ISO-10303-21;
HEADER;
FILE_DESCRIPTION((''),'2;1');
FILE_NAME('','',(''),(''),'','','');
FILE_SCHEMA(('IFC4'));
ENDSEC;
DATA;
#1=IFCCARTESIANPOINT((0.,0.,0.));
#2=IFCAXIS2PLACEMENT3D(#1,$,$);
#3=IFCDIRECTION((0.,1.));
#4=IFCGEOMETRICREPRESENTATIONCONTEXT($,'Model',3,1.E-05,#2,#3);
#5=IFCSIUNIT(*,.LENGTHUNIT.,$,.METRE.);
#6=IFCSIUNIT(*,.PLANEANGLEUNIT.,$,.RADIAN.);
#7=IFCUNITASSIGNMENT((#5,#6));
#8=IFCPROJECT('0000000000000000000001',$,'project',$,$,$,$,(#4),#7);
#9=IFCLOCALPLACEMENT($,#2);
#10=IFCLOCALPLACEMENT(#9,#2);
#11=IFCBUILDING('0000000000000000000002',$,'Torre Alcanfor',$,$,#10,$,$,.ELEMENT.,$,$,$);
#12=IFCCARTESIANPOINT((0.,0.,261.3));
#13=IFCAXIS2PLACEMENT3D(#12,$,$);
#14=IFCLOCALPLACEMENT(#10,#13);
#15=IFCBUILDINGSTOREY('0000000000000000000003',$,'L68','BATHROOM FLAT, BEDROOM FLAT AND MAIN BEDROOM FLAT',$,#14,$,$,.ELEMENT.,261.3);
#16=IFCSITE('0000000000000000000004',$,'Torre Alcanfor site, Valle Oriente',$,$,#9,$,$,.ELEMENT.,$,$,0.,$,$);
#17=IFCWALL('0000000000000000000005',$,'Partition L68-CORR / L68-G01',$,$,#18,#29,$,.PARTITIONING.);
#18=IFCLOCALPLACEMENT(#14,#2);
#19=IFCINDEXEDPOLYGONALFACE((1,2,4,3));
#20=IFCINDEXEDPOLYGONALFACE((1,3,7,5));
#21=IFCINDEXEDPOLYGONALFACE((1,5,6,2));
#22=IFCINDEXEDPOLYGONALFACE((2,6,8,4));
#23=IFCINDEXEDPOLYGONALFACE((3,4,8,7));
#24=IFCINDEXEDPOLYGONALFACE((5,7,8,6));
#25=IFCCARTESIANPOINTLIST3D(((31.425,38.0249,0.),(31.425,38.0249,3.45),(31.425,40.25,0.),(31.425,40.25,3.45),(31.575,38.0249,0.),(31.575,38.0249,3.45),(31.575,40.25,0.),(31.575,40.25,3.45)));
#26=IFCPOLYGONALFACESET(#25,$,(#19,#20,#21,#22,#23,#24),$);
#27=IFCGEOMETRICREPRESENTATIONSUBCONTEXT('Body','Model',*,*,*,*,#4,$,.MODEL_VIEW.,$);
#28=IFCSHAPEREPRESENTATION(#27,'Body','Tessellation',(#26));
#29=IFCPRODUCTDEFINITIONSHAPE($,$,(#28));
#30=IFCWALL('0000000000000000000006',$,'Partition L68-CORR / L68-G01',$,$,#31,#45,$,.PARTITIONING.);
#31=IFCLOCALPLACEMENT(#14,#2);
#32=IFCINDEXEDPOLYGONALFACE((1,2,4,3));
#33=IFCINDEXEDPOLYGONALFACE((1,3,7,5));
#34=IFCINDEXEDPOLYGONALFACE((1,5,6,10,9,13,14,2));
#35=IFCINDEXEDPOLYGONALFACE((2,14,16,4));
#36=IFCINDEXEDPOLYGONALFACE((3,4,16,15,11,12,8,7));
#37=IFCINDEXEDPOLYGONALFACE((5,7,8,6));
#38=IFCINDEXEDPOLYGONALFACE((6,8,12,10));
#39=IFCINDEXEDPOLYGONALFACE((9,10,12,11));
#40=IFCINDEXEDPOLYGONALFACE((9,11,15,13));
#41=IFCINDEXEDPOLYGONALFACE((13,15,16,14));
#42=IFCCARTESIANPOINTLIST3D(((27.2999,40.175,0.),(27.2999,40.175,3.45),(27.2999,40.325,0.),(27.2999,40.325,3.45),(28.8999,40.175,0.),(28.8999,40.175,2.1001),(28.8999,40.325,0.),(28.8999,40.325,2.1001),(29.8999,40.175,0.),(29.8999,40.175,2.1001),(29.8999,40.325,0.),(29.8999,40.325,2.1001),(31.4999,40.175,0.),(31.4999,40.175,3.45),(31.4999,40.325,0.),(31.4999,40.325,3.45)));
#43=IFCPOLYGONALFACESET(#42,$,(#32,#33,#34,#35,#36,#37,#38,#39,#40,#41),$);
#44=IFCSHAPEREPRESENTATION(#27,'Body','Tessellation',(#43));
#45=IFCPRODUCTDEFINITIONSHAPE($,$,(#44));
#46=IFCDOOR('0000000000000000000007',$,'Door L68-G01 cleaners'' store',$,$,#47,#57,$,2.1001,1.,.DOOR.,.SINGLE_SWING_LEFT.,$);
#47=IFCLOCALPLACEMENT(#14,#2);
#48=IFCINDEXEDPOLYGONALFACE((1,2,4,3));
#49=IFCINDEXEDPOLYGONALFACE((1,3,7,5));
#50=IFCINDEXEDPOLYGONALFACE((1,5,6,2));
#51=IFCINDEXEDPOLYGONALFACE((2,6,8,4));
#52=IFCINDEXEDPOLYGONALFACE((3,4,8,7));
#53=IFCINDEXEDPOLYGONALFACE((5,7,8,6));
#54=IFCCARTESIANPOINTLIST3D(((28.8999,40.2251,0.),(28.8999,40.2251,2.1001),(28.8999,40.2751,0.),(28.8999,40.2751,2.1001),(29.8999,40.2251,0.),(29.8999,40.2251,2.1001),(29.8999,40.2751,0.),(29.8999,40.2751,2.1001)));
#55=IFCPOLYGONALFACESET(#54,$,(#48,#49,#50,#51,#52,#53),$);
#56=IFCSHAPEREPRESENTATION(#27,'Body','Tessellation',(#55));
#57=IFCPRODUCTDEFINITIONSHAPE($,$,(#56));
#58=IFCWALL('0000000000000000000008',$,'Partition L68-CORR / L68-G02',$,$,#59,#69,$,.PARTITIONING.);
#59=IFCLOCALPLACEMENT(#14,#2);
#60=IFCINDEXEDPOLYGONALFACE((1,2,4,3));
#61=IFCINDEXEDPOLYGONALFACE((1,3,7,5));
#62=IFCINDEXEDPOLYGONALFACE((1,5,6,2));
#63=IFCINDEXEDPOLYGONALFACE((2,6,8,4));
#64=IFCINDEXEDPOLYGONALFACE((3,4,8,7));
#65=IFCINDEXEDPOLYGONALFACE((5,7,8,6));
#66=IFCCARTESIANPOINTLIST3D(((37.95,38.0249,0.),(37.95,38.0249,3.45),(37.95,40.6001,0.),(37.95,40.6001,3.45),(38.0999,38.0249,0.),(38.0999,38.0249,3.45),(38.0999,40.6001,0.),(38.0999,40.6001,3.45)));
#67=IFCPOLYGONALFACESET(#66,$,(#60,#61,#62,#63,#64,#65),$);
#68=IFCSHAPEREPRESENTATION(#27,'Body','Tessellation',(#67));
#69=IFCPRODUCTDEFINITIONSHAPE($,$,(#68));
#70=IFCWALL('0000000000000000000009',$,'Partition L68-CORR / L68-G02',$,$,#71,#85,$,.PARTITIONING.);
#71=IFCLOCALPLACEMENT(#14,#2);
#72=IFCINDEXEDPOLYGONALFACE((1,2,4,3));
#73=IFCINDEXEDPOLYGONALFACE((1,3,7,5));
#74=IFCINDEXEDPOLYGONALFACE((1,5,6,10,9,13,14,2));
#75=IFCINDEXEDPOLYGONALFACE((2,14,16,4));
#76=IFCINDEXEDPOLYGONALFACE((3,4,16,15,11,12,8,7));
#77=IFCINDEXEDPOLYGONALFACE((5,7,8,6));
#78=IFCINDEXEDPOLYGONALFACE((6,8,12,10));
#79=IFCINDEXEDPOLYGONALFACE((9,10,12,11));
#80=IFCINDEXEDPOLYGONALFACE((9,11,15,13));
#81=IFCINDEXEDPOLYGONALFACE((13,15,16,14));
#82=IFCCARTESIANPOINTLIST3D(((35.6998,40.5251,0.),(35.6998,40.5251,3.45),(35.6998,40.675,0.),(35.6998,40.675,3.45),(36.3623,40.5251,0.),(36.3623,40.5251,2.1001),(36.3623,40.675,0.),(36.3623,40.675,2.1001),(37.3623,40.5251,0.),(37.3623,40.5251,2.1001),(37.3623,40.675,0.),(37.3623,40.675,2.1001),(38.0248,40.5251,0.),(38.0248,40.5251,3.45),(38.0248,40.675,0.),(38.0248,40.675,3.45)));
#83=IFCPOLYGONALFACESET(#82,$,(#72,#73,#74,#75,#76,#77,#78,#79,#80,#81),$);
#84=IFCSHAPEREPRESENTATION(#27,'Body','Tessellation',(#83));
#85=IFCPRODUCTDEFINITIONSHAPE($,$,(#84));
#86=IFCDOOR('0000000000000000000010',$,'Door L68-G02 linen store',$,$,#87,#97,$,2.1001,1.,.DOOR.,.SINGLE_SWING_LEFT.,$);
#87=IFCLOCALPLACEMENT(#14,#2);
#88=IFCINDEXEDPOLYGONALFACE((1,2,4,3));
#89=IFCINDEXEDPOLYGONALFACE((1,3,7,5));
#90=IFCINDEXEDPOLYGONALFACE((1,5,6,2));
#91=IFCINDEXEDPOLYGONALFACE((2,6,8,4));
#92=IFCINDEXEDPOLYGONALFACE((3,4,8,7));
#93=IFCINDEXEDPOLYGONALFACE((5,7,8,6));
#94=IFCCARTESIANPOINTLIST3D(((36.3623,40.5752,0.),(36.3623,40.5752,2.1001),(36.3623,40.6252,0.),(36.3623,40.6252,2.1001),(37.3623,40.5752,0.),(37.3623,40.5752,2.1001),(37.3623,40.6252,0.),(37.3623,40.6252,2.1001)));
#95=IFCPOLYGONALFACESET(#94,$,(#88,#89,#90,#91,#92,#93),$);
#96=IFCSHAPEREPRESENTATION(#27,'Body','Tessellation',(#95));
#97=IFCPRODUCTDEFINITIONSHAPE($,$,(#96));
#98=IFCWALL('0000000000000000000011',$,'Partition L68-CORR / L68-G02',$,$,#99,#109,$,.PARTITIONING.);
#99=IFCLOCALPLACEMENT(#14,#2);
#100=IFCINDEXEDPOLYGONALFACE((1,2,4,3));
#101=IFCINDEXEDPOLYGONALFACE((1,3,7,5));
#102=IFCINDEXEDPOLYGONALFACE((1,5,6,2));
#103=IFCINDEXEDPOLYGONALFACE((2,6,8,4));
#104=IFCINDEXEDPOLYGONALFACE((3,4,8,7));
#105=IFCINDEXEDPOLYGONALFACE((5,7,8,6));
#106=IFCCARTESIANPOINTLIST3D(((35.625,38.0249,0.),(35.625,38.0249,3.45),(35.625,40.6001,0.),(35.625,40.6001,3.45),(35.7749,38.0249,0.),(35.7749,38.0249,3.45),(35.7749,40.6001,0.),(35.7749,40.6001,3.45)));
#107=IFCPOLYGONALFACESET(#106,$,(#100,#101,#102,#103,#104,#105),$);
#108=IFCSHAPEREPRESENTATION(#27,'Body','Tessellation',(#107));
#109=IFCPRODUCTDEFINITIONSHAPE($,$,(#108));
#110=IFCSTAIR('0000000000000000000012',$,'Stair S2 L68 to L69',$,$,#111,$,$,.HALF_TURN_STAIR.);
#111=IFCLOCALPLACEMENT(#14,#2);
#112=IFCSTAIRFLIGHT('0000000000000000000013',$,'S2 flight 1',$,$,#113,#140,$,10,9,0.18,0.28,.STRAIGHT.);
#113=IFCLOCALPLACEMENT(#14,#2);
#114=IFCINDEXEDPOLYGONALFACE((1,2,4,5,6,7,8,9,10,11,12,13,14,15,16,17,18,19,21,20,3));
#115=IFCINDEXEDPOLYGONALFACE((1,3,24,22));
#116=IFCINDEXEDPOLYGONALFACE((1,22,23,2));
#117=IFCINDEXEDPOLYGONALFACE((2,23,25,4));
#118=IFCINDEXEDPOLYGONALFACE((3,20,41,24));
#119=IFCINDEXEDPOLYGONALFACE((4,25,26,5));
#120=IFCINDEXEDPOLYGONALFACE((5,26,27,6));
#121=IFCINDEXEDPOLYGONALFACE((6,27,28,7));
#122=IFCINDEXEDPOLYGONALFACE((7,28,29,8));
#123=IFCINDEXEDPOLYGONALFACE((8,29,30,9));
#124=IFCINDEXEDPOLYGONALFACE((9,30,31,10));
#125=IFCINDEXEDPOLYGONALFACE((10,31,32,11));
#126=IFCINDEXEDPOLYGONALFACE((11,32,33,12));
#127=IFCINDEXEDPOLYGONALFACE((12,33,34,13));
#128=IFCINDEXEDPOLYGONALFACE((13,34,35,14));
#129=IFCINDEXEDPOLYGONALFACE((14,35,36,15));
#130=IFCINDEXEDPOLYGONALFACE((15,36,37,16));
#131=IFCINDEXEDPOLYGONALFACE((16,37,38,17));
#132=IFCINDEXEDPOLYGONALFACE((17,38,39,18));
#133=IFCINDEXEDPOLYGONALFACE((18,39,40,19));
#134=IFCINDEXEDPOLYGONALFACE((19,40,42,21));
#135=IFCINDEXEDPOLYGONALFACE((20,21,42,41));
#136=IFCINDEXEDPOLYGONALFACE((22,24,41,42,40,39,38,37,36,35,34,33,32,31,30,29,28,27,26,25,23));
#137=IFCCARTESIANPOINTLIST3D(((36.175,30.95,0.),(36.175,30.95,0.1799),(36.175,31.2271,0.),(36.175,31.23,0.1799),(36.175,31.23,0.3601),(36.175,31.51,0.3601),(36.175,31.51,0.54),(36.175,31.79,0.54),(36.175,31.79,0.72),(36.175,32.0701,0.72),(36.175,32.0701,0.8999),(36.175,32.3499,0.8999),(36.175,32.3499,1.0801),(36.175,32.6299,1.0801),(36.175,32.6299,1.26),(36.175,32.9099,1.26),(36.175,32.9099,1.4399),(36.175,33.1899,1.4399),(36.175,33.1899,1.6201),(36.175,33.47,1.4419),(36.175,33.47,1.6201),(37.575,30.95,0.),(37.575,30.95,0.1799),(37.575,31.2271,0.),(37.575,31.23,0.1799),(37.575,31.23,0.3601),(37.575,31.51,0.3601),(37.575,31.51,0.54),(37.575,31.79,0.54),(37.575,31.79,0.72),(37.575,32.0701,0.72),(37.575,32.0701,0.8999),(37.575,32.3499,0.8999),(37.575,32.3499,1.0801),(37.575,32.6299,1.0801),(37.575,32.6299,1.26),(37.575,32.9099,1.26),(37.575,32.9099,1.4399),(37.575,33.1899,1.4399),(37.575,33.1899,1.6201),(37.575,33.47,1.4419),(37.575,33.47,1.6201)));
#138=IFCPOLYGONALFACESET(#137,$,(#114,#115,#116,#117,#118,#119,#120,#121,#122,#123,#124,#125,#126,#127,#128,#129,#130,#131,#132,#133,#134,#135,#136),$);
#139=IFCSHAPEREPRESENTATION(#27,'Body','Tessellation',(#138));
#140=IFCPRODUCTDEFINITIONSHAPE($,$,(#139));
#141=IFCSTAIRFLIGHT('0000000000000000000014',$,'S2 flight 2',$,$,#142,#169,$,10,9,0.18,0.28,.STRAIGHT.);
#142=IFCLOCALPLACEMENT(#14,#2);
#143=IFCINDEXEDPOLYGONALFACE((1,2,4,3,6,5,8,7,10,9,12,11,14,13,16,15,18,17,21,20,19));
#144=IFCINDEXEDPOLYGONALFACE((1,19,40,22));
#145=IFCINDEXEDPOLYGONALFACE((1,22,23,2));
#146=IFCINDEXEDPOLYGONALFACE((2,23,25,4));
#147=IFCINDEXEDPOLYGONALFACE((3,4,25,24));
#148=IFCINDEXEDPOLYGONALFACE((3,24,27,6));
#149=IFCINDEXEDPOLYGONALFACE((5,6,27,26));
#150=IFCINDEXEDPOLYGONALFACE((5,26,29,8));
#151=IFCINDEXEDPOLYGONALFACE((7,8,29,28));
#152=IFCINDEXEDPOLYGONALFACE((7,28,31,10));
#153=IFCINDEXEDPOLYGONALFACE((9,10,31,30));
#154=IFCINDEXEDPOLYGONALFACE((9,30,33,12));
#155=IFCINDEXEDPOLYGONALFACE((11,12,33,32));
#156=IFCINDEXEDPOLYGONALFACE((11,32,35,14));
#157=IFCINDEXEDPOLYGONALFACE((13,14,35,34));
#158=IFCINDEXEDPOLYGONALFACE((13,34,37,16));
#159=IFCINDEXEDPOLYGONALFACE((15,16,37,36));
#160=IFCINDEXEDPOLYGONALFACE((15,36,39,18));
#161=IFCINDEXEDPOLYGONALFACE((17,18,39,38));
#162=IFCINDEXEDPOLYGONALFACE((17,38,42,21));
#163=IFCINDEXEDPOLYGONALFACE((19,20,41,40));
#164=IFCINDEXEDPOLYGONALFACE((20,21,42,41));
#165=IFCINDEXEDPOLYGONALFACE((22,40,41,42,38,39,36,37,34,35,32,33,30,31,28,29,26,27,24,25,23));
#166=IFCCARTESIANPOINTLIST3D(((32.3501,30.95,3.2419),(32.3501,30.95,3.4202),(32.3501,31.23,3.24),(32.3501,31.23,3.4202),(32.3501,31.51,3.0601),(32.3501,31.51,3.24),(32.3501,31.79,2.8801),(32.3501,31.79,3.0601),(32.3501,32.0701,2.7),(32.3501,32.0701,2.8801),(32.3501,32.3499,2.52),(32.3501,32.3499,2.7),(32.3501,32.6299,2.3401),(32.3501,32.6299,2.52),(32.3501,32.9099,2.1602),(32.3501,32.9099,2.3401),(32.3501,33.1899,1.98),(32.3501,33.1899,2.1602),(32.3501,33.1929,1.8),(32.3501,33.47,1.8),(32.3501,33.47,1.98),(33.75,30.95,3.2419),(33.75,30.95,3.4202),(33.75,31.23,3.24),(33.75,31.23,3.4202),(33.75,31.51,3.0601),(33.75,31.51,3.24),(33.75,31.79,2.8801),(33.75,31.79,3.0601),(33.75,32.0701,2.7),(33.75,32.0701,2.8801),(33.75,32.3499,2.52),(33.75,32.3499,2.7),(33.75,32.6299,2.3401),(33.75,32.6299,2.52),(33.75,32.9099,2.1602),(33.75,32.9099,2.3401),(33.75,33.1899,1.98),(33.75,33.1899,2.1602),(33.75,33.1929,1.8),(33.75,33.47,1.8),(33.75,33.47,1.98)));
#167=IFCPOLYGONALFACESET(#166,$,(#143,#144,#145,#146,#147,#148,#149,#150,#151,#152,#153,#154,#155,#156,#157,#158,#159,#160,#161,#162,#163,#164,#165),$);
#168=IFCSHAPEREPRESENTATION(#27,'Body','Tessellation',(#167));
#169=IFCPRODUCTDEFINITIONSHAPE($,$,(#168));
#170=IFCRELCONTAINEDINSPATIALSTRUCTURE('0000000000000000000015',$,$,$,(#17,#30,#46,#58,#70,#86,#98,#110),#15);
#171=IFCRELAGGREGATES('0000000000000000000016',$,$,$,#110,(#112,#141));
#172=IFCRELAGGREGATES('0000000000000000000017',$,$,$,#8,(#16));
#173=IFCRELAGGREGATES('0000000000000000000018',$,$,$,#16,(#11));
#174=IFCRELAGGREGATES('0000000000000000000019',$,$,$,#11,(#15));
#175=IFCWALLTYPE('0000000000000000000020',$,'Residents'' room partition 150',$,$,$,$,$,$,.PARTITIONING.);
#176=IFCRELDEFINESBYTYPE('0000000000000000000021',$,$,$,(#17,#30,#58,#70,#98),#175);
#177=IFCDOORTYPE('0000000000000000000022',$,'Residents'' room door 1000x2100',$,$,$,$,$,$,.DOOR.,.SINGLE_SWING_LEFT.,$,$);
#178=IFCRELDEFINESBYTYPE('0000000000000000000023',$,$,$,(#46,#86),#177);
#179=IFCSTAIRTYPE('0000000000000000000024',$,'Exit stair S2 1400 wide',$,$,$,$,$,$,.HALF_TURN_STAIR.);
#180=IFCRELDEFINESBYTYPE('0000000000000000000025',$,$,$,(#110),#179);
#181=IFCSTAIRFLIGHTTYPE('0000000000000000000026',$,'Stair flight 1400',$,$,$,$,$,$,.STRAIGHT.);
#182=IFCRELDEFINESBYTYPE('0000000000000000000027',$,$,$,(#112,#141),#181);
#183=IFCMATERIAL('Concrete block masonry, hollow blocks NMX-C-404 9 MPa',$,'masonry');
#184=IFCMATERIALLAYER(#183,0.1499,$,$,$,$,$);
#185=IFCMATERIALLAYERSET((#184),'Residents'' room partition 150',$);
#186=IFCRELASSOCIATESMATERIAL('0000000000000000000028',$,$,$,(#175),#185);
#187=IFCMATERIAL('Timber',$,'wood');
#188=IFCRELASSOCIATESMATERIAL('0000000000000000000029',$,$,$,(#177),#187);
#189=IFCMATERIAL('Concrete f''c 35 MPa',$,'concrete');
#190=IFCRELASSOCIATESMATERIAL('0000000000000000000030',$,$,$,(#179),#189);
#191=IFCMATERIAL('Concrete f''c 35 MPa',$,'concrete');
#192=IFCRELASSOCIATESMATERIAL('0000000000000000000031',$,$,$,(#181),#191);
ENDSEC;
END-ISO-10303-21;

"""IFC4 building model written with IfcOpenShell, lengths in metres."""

from ifc_helpers import new_model, si_unit, direction, frame, frame_2d, origin, place, context, subcontext, project, spatial, polyline, rectangle, outline, extrude, material, layer, layer_set, type_object, element, fill, aggregate, save


model = new_model("IFC4")

# Units and contexts
model_context = context("Model", 3, precision=1e-05, world=origin(), true_north=direction((0.0, 1.0)))
body_context = subcontext(model_context, "Body", "Model", "MODEL_VIEW")
ifc_project = project(units=[si_unit("LENGTHUNIT", "METRE"), si_unit("PLANEANGLEUNIT", "RADIAN")], contexts=[model_context])

# Site, building, storey
site_placement = place(None, origin())
site = spatial("IfcSite", under=ifc_project, at=site_placement, Name="Torre Alcanfor site, Valle Oriente", CompositionType="ELEMENT", RefElevation=0.0)
building_placement = place(site_placement, origin())
building = spatial("IfcBuilding", under=site, at=building_placement, Name="Torre Alcanfor", CompositionType="ELEMENT")
storey_placement = place(building_placement, frame((0.0, 0.0, 261.3)))
storey = spatial("IfcBuildingStorey", under=building, at=storey_placement, Name="L68", Description="BATHROOM FLAT, BEDROOM FLAT AND MAIN BEDROOM FLAT", CompositionType="ELEMENT", Elevation=261.3)

# Wall
ifc_material_1 = material(Name="Concrete block masonry, hollow blocks NMX-C-404 9 MPa", Category="masonry")
ifc_layer_1 = layer(ifc_material_1, 0.1499)
ifc_layer_set_1 = layer_set([ifc_layer_1], Name="Residents' room partition 150")
wall_type_1 = type_object("IfcWallType", Name="Residents' room partition 150", PredefinedType="PARTITIONING", material=ifc_layer_set_1)
wall_1_placement = place(storey_placement, frame((31.5, 38.0249, 0.0), z_axis=(0.0, 0.0, 1.0), x_axis=(0.0, 1.0, 0.0)))
element("IfcWall", 1, at=wall_1_placement, inside=storey, type_object=wall_type_1, Name="Partition L68-CORR / L68-G01", PredefinedType="PARTITIONING", context=body_context, shape_type="SweptSolid", body=[
    extrude(rectangle(XDim=2.2251, YDim=0.1499, at=frame_2d((1.1125, 0.0))), origin(), (0.0, 0.0, 1.0), 3.45),
])

# Wall, opening, door
wall_2_placement = place(storey_placement, frame((31.5, 40.25, 0.0), z_axis=(0.0, 0.0, 1.0), x_axis=(-1.0, 0.0, 0.0)))
wall_2 = element("IfcWall", 2, at=wall_2_placement, inside=storey, type_object=wall_type_1, Name="Partition L68-CORR / L68-G01", PredefinedType="PARTITIONING", context=body_context, shape_type="SweptSolid", body=[
    extrude(rectangle(XDim=4.2, YDim=0.1499, at=frame_2d((2.1001, 0.0))), origin(), (0.0, 0.0, 1.0), 3.45),
])
opening_1_placement = place(wall_2_placement, frame((1.6001, 0.0, 0.0)))
opening_1 = element("IfcOpeningElement", 3, at=opening_1_placement, cuts=wall_2, PredefinedType="OPENING", context=body_context, shape_type="SweptSolid", body=[
    extrude(rectangle(XDim=1.0, YDim=2.1001, at=frame_2d((0.5, 1.05))), frame((0.0, 0.085, 0.0), z_axis=(0.0, -1.0, 0.0), x_axis=(1.0, 0.0, 0.0)), (0.0, 0.0, 1.0), 0.1699),
])
ifc_material_2 = material(Name="Timber", Category="wood")
door_type = type_object("IfcDoorType", Name="Residents' room door 1000x2100", OperationType="SINGLE_SWING_LEFT", PredefinedType="DOOR", material=ifc_material_2)
door_1_placement = place(opening_1_placement, origin())
door_1 = element("IfcDoor", 4, at=door_1_placement, inside=storey, type_object=door_type, Name="Door L68-G01 cleaners' store", OperationType="SINGLE_SWING_LEFT", OverallHeight=2.1001, OverallWidth=1.0, PredefinedType="DOOR", context=body_context, shape_type="SweptSolid", body=[
    extrude(rectangle(XDim=1.0, YDim=2.1001, at=frame_2d((0.5, 1.05))), frame((0.0, 0.0249, 0.0), z_axis=(0.0, -1.0, 0.0), x_axis=(1.0, 0.0, 0.0)), (0.0, 0.0, 1.0), 0.05),
])
fill(opening_1, door_1)

# Wall
wall_3_placement = place(storey_placement, frame((38.0249, 38.0249, 0.0), z_axis=(0.0, 0.0, 1.0), x_axis=(0.0, 1.0, 0.0)))
element("IfcWall", 5, at=wall_3_placement, inside=storey, type_object=wall_type_1, Name="Partition L68-CORR / L68-G02", PredefinedType="PARTITIONING", context=body_context, shape_type="SweptSolid", body=[
    extrude(rectangle(XDim=2.5752, YDim=0.1499, at=frame_2d((1.2876, 0.0))), origin(), (0.0, 0.0, 1.0), 3.45),
])

# Wall, opening, door
wall_4_placement = place(storey_placement, frame((38.0249, 40.6001, 0.0), z_axis=(0.0, 0.0, 1.0), x_axis=(-1.0, 0.0, 0.0)))
wall_4 = element("IfcWall", 6, at=wall_4_placement, inside=storey, type_object=wall_type_1, Name="Partition L68-CORR / L68-G02", PredefinedType="PARTITIONING", context=body_context, shape_type="SweptSolid", body=[
    extrude(rectangle(XDim=2.325, YDim=0.1499, at=frame_2d((1.1626, 0.0))), origin(), (0.0, 0.0, 1.0), 3.45),
])
opening_2_placement = place(wall_4_placement, frame((0.6626, 0.0, 0.0)))
opening_2 = element("IfcOpeningElement", 7, at=opening_2_placement, cuts=wall_4, PredefinedType="OPENING", context=body_context, shape_type="SweptSolid", body=[
    extrude(rectangle(XDim=1.0, YDim=2.1001, at=frame_2d((0.5, 1.05))), frame((0.0, 0.085, 0.0), z_axis=(0.0, -1.0, 0.0), x_axis=(1.0, 0.0, 0.0)), (0.0, 0.0, 1.0), 0.1699),
])
door_2_placement = place(opening_2_placement, origin())
door_2 = element("IfcDoor", 8, at=door_2_placement, inside=storey, type_object=door_type, Name="Door L68-G02 linen store", OperationType="SINGLE_SWING_LEFT", OverallHeight=2.1001, OverallWidth=1.0, PredefinedType="DOOR", context=body_context, shape_type="SweptSolid", body=[
    extrude(rectangle(XDim=1.0, YDim=2.1001, at=frame_2d((0.5, 1.05))), frame((0.0, 0.0249, 0.0), z_axis=(0.0, -1.0, 0.0), x_axis=(1.0, 0.0, 0.0)), (0.0, 0.0, 1.0), 0.05),
])
fill(opening_2, door_2)

# Wall
wall_5_placement = place(storey_placement, frame((35.7, 40.6001, 0.0), z_axis=(0.0, 0.0, 1.0), x_axis=(0.0, -1.0, 0.0)))
element("IfcWall", 9, at=wall_5_placement, inside=storey, type_object=wall_type_1, Name="Partition L68-CORR / L68-G02", PredefinedType="PARTITIONING", context=body_context, shape_type="SweptSolid", body=[
    extrude(rectangle(XDim=2.5752, YDim=0.1499, at=frame_2d((1.2876, 0.0))), origin(), (0.0, 0.0, 1.0), 3.45),
])

# Stair, stair flights
ifc_material_3 = material(Name="Concrete f'c 35 MPa", Category="concrete")
stair_type = type_object("IfcStairType", Name="Exit stair S2 1400 wide", PredefinedType="HALF_TURN_STAIR", material=ifc_material_3)
stair_placement = place(storey_placement, origin())
stair = element("IfcStair", 10, at=stair_placement, inside=storey, type_object=stair_type, Name="Stair S2 L68 to L69", PredefinedType="HALF_TURN_STAIR")
ifc_material_4 = material(Name="Concrete f'c 35 MPa", Category="concrete")
stair_flight_type = type_object("IfcStairFlightType", Name="Stair flight 1400", PredefinedType="STRAIGHT", material=ifc_material_4)
stair_flight_1_placement = place(storey_placement, frame((36.875, 30.95, 0.0), z_axis=(0.0, 0.0, 1.0), x_axis=(0.0, 1.0, 0.0)))
stair_flight_1 = element("IfcStairFlight", 11, at=stair_flight_1_placement, type_object=stair_flight_type, Name="S2 flight 1", NumberOfRisers=10, NumberOfTreads=9, PredefinedType="STRAIGHT", RiserHeight=0.18, TreadLength=0.28, context=body_context, shape_type="SweptSolid", body=[
    extrude(outline(polyline([(0.0, 0.0), (0.0, 0.1799), (0.28, 0.1799), (0.28, 0.3601), (0.5601, 0.3601), (0.5601, 0.54), (0.8401, 0.54), (0.8401, 0.72), (1.1201, 0.72), (1.1201, 0.8999), (1.3999, 0.8999), (1.3999, 1.0801), (1.6799, 1.0801), (1.6799, 1.26), (1.96, 1.26), (1.96, 1.4399), (2.24, 1.4399), (2.24, 1.6201), (2.52, 1.6201), (2.52, 1.8), (2.52, 1.4419), (0.2771, 0.0), (0.0, 0.0)])), frame((0.0, 0.7, 0.0), z_axis=(0.0, -1.0, 0.0), x_axis=(1.0, 0.0, 0.0)), (0.0, 0.0, 1.0), 1.3999),
])
stair_flight_2_placement = place(storey_placement, frame((33.05, 33.47, 1.8), z_axis=(0.0, 0.0, 1.0), x_axis=(0.0, -1.0, 0.0)))
stair_flight_2 = element("IfcStairFlight", 12, at=stair_flight_2_placement, type_object=stair_flight_type, Name="S2 flight 2", NumberOfRisers=10, NumberOfTreads=9, PredefinedType="STRAIGHT", RiserHeight=0.18, TreadLength=0.28, context=body_context, shape_type="SweptSolid", body=[
    extrude(outline(polyline([(0.0, 0.0), (0.0, 0.1799), (0.28, 0.1799), (0.28, 0.3601), (0.5601, 0.3601), (0.5601, 0.54), (0.8401, 0.54), (0.8401, 0.72), (1.1201, 0.72), (1.1201, 0.8999), (1.3999, 0.8999), (1.3999, 1.0801), (1.6799, 1.0801), (1.6799, 1.26), (1.96, 1.26), (1.96, 1.4399), (2.24, 1.4399), (2.24, 1.6201), (2.52, 1.6201), (2.52, 1.8), (2.52, 1.4419), (0.2771, 0.0), (0.0, 0.0)])), frame((0.0, 0.7, 0.0), z_axis=(0.0, -1.0, 0.0), x_axis=(1.0, 0.0, 0.0)), (0.0, 0.0, 1.0), 1.3999),
])
aggregate(stair, [stair_flight_1, stair_flight_2])

save(model, "model.ifc")
